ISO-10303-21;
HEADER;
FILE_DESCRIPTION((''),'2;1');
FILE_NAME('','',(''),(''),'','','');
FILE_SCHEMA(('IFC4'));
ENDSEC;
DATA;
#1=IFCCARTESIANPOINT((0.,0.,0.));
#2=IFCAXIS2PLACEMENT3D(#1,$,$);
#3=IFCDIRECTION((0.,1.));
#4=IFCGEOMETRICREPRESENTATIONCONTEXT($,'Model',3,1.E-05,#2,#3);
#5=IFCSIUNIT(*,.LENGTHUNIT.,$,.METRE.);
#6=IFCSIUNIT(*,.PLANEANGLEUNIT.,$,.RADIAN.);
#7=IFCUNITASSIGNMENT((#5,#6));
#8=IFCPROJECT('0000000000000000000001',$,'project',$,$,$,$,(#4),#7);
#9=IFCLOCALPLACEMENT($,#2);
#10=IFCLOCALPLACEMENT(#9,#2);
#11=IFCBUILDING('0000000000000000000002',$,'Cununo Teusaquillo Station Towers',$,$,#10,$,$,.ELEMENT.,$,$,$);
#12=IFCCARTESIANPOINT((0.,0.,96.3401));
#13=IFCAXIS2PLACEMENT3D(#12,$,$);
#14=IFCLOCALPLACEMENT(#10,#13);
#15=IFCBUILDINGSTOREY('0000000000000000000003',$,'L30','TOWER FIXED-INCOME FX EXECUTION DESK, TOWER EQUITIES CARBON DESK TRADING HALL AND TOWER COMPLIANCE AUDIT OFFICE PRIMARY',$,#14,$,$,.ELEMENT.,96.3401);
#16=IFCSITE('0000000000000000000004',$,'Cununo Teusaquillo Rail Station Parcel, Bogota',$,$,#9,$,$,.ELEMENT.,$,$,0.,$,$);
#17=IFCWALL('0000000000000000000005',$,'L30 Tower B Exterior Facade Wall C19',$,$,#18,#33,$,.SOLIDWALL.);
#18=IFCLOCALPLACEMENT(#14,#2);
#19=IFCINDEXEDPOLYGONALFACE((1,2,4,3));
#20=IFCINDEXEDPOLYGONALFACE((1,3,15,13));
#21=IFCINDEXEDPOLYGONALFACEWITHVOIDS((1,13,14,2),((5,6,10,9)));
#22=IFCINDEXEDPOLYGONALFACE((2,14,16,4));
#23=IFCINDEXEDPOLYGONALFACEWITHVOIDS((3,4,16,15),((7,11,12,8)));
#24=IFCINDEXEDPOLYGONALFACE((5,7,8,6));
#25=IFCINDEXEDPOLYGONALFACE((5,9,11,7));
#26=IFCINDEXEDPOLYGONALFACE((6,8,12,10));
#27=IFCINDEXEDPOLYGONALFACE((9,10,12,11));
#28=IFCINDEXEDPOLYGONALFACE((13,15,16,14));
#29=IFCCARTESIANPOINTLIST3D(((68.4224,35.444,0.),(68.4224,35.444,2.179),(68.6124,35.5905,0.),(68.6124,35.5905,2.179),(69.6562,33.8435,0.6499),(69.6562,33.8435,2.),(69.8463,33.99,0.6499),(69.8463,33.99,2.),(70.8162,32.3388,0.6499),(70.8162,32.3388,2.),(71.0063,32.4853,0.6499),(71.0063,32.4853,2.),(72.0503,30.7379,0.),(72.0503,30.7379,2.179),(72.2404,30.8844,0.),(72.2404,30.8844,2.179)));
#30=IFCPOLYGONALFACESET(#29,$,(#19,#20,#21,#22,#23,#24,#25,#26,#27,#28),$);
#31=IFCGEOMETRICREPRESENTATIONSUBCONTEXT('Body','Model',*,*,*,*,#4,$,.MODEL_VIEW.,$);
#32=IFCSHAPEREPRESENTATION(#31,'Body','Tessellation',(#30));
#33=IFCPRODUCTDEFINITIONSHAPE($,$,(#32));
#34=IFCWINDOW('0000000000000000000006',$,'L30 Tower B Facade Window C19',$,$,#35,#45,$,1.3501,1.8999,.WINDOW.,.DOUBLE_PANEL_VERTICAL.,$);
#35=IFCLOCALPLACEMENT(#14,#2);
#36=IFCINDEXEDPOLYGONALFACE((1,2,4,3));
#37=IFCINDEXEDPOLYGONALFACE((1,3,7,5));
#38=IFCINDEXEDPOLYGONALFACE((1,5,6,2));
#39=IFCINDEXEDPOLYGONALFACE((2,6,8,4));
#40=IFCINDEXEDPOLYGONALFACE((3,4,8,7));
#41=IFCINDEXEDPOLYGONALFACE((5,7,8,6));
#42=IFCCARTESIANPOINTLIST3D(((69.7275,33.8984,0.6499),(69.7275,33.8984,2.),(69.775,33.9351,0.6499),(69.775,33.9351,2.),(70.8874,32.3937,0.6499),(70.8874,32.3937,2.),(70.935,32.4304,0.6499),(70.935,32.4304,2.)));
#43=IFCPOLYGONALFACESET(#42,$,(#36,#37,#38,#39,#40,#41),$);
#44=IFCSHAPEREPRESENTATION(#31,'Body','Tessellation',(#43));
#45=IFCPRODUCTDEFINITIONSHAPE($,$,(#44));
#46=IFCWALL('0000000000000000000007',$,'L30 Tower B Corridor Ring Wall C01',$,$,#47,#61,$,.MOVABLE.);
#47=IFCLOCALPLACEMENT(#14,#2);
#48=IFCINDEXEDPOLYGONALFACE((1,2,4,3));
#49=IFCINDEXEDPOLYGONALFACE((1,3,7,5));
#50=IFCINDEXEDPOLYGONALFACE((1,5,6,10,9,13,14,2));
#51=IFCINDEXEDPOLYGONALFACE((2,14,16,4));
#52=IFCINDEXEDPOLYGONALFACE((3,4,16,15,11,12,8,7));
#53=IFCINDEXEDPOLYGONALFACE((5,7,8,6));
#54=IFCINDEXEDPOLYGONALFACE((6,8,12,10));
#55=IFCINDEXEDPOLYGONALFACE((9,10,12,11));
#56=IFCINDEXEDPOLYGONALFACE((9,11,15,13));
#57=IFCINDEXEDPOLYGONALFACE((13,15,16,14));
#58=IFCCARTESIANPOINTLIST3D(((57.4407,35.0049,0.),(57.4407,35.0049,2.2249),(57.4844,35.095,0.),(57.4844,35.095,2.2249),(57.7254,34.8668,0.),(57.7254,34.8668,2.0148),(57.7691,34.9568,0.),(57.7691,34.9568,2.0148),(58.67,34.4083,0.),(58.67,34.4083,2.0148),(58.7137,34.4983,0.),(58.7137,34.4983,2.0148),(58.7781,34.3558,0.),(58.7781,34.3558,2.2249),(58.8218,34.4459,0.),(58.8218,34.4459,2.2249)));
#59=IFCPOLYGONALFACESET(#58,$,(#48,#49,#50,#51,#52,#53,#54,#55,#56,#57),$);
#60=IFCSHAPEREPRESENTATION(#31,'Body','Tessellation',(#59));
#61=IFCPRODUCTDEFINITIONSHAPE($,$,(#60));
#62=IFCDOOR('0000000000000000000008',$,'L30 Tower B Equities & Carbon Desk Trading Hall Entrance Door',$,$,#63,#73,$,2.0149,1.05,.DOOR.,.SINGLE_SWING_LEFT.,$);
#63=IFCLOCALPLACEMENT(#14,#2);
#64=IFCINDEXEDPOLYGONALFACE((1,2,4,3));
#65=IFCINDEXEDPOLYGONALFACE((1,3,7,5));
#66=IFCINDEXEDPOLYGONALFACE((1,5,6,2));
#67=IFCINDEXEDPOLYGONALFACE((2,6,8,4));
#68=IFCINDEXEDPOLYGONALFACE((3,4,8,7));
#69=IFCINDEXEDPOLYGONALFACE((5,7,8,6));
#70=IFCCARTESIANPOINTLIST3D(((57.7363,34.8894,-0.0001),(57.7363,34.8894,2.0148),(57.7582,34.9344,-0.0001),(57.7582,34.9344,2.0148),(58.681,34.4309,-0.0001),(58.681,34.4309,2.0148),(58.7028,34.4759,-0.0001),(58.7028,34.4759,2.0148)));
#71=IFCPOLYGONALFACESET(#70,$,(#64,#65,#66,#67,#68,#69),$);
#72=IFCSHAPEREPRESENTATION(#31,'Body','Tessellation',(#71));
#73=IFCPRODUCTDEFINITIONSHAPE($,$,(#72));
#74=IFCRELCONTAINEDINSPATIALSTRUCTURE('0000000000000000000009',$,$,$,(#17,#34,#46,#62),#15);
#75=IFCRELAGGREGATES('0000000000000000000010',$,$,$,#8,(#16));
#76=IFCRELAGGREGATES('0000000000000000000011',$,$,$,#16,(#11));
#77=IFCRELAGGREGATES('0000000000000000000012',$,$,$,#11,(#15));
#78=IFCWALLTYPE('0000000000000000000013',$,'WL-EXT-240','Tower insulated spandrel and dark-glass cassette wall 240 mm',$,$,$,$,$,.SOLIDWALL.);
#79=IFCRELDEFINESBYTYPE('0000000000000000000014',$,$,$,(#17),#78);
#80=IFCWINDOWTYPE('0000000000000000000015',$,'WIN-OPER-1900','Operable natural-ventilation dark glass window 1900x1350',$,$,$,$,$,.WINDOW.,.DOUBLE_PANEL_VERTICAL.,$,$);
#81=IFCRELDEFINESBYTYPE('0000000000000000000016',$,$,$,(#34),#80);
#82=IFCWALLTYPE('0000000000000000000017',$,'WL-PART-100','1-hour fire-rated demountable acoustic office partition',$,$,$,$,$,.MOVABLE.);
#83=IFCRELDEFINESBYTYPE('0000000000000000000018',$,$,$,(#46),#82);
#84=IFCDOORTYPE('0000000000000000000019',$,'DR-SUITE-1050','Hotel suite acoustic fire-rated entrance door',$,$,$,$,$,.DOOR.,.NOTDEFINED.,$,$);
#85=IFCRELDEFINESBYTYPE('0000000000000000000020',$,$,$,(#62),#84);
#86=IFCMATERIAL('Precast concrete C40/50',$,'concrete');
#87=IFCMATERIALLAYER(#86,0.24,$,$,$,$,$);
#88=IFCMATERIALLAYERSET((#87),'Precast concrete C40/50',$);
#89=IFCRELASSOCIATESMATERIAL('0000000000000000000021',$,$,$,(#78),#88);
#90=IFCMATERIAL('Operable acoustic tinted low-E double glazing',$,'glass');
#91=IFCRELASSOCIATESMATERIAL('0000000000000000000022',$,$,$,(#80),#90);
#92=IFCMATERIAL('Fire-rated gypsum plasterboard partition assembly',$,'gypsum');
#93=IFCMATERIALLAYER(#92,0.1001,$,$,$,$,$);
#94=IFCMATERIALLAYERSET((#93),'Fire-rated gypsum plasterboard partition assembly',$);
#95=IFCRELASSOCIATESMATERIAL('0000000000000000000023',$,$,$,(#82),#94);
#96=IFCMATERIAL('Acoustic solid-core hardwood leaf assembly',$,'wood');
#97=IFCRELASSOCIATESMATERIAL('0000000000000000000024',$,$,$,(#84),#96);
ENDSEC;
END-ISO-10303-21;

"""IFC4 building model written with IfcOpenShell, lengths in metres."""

from ifc_helpers import new_model, si_unit, direction, frame, frame_2d, origin, place, context, subcontext, project, spatial, rectangle, extrude, source, transform, mapped, material, layer, layer_set, type_object, element, fill, save


model = new_model("IFC4")

# Units and contexts
model_context = context("Model", 3, precision=1e-05, world=origin(), true_north=direction((0.0, 1.0)))
body_context = subcontext(model_context, "Body", "Model", "MODEL_VIEW")
ifc_project = project(units=[si_unit("LENGTHUNIT", "METRE"), si_unit("PLANEANGLEUNIT", "RADIAN")], contexts=[model_context])

# Site, building, storey
site_placement = place(None, origin())
site = spatial("IfcSite", under=ifc_project, at=site_placement, Name="Cununo Teusaquillo Rail Station Parcel, Bogota", CompositionType="ELEMENT", RefElevation=0.0)
building_placement = place(site_placement, origin())
building = spatial("IfcBuilding", under=site, at=building_placement, Name="Cununo Teusaquillo Station Towers", CompositionType="ELEMENT")
storey_placement = place(building_placement, frame((0.0, 0.0, 96.3401)))
storey = spatial("IfcBuildingStorey", under=building, at=storey_placement, Name="L30", Description="TOWER FIXED-INCOME FX EXECUTION DESK, TOWER EQUITIES CARBON DESK TRADING HALL AND TOWER COMPLIANCE AUDIT OFFICE PRIMARY", CompositionType="ELEMENT", Elevation=96.3401)

# Shared definitions
ifc_material_1 = material(Name="Precast concrete C40/50", Category="concrete")
ifc_layer_1 = layer(ifc_material_1, 0.24)
ifc_layer_set_1 = layer_set([ifc_layer_1], Name="Precast concrete C40/50")
wall_type_1 = type_object("IfcWallType", Name="WL-EXT-240", Description="Tower insulated spandrel and dark-glass cassette wall 240 mm", PredefinedType="SOLIDWALL", material=ifc_layer_set_1)

# Wall, opening, window
wall_1_placement = place(storey_placement, frame((68.5173, 35.5173, 0.0), z_axis=(0.0, 0.0, 1.0), x_axis=(0.610544, -0.791982, 0.0)))
wall_1 = element("IfcWall", 1, at=wall_1_placement, inside=storey, type_object=wall_type_1, Name="L30 Tower B Exterior Facade Wall C19", PredefinedType="SOLIDWALL", context=body_context, shape_type="SweptSolid", body=[
    extrude(rectangle(XDim=5.9421, YDim=0.24, at=frame_2d((2.9712, 0.0))), origin(), (0.0, 0.0, 1.0), 2.179),
])
shared_shape_1 = source(origin(), body_context, "Body", "SweptSolid", [
    extrude(rectangle(XDim=1.8999, YDim=1.3501, at=frame_2d((0.95, 0.675))), frame((0.0, 0.1299, 0.0), z_axis=(0.0, -1.0, 0.0), x_axis=(1.0, 0.0, 0.0)), (0.0, 0.0, 1.0), 0.26),
])
opening_1_placement = place(wall_1_placement, frame((2.021, 0.0, 0.6499)))
opening_1 = element("IfcOpeningElement", 2, at=opening_1_placement, cuts=wall_1, PredefinedType="OPENING", context=body_context, shape_type="MappedRepresentation", body=[
    mapped(shared_shape_1, transform((0.0, 0.0, 0.0), x_axis=(1.0, 0.0, 0.0), y_axis=(0.0, 1.0, 0.0), z_axis=(0.0, 0.0, 1.0), scale=1.0)),
])
ifc_material_2 = material(Name="Operable acoustic tinted low-E double glazing", Category="glass")
window_type = type_object("IfcWindowType", Name="WIN-OPER-1900", Description="Operable natural-ventilation dark glass window 1900x1350", PartitioningType="DOUBLE_PANEL_VERTICAL", PredefinedType="WINDOW", material=ifc_material_2)
shared_shape_2 = source(origin(), body_context, "Body", "SweptSolid", [
    extrude(rectangle(XDim=1.8999, YDim=1.3501, at=frame_2d((0.95, 0.675))), frame((0.0, 0.03, 0.0), z_axis=(0.0, -1.0, 0.0), x_axis=(1.0, 0.0, 0.0)), (0.0, 0.0, 1.0), 0.0601),
])
window_placement = place(opening_1_placement, origin())
window = element("IfcWindow", 3, at=window_placement, inside=storey, type_object=window_type, Name="L30 Tower B Facade Window C19", OverallHeight=1.3501, OverallWidth=1.8999, PartitioningType="DOUBLE_PANEL_VERTICAL", PredefinedType="WINDOW", context=body_context, shape_type="MappedRepresentation", body=[
    mapped(shared_shape_2, transform((0.0, 0.0, 0.0), x_axis=(1.0, 0.0, 0.0), y_axis=(0.0, 1.0, 0.0), z_axis=(0.0, 0.0, 1.0), scale=1.0)),
])
fill(opening_1, window)

# Wall, opening, door
ifc_material_3 = material(Name="Fire-rated gypsum plasterboard partition assembly", Category="gypsum")
ifc_layer_2 = layer(ifc_material_3, 0.1001)
ifc_layer_set_2 = layer_set([ifc_layer_2], Name="Fire-rated gypsum plasterboard partition assembly")
wall_type_2 = type_object("IfcWallType", Name="WL-PART-100", Description="1-hour fire-rated demountable acoustic office partition", PredefinedType="MOVABLE", material=ifc_layer_set_2)
wall_2_placement = place(storey_placement, frame((58.7998, 34.4009, 0.0), z_axis=(0.0, 0.0, 1.0), x_axis=(-0.899621, 0.436672, 0.0)))
wall_2 = element("IfcWall", 4, at=wall_2_placement, inside=storey, type_object=wall_type_2, Name="L30 Tower B Corridor Ring Wall C01", PredefinedType="MOVABLE", context=body_context, shape_type="SweptSolid", body=[
    extrude(rectangle(XDim=1.4866, YDim=0.1001, at=frame_2d((0.7432, 0.0))), origin(), (0.0, 0.0, 1.0), 2.2249),
])
shared_shape_3 = source(origin(), body_context, "Body", "SweptSolid", [
    extrude(rectangle(XDim=1.05, YDim=2.0149, at=frame_2d((0.5249, 1.0073))), frame((0.0, 0.0601, 0.0), z_axis=(0.0, -1.0, 0.0), x_axis=(1.0, 0.0, 0.0)), (0.0, 0.0, 1.0), 0.1201),
])
opening_2_placement = place(wall_2_placement, frame((0.1201, 0.0, 0.0)))
opening_2 = element("IfcOpeningElement", 5, at=opening_2_placement, cuts=wall_2, PredefinedType="OPENING", context=body_context, shape_type="MappedRepresentation", body=[
    mapped(shared_shape_3, transform((0.0, 0.0, 0.0), x_axis=(1.0, 0.0, 0.0), y_axis=(0.0, 1.0, 0.0), z_axis=(0.0, 0.0, 1.0), scale=1.0)),
])
ifc_material_4 = material(Name="Acoustic solid-core hardwood leaf assembly", Category="wood")
door_type = type_object("IfcDoorType", Name="DR-SUITE-1050", Description="Hotel suite acoustic fire-rated entrance door", OperationType="NOTDEFINED", PredefinedType="DOOR", material=ifc_material_4)
shared_shape_4 = source(origin(), body_context, "Body", "SweptSolid", [
    extrude(rectangle(XDim=1.05, YDim=2.0149, at=frame_2d((0.5249, 1.0073))), frame((0.0, 0.0249, 0.0), z_axis=(0.0, -1.0, 0.0), x_axis=(1.0, 0.0, 0.0)), (0.0, 0.0, 1.0), 0.05),
])
door_placement = place(opening_2_placement, origin())
door = element("IfcDoor", 6, at=door_placement, inside=storey, type_object=door_type, Name="L30 Tower B Equities & Carbon Desk Trading Hall Entrance Door", OperationType="SINGLE_SWING_LEFT", OverallHeight=2.0149, OverallWidth=1.05, PredefinedType="DOOR", context=body_context, shape_type="MappedRepresentation", body=[
    mapped(shared_shape_4, transform((0.0, 0.0, 0.0), x_axis=(1.0, 0.0, 0.0), y_axis=(0.0, 1.0, 0.0), z_axis=(0.0, 0.0, 1.0), scale=1.0)),
])
fill(opening_2, door)

save(model, "model.ifc")
